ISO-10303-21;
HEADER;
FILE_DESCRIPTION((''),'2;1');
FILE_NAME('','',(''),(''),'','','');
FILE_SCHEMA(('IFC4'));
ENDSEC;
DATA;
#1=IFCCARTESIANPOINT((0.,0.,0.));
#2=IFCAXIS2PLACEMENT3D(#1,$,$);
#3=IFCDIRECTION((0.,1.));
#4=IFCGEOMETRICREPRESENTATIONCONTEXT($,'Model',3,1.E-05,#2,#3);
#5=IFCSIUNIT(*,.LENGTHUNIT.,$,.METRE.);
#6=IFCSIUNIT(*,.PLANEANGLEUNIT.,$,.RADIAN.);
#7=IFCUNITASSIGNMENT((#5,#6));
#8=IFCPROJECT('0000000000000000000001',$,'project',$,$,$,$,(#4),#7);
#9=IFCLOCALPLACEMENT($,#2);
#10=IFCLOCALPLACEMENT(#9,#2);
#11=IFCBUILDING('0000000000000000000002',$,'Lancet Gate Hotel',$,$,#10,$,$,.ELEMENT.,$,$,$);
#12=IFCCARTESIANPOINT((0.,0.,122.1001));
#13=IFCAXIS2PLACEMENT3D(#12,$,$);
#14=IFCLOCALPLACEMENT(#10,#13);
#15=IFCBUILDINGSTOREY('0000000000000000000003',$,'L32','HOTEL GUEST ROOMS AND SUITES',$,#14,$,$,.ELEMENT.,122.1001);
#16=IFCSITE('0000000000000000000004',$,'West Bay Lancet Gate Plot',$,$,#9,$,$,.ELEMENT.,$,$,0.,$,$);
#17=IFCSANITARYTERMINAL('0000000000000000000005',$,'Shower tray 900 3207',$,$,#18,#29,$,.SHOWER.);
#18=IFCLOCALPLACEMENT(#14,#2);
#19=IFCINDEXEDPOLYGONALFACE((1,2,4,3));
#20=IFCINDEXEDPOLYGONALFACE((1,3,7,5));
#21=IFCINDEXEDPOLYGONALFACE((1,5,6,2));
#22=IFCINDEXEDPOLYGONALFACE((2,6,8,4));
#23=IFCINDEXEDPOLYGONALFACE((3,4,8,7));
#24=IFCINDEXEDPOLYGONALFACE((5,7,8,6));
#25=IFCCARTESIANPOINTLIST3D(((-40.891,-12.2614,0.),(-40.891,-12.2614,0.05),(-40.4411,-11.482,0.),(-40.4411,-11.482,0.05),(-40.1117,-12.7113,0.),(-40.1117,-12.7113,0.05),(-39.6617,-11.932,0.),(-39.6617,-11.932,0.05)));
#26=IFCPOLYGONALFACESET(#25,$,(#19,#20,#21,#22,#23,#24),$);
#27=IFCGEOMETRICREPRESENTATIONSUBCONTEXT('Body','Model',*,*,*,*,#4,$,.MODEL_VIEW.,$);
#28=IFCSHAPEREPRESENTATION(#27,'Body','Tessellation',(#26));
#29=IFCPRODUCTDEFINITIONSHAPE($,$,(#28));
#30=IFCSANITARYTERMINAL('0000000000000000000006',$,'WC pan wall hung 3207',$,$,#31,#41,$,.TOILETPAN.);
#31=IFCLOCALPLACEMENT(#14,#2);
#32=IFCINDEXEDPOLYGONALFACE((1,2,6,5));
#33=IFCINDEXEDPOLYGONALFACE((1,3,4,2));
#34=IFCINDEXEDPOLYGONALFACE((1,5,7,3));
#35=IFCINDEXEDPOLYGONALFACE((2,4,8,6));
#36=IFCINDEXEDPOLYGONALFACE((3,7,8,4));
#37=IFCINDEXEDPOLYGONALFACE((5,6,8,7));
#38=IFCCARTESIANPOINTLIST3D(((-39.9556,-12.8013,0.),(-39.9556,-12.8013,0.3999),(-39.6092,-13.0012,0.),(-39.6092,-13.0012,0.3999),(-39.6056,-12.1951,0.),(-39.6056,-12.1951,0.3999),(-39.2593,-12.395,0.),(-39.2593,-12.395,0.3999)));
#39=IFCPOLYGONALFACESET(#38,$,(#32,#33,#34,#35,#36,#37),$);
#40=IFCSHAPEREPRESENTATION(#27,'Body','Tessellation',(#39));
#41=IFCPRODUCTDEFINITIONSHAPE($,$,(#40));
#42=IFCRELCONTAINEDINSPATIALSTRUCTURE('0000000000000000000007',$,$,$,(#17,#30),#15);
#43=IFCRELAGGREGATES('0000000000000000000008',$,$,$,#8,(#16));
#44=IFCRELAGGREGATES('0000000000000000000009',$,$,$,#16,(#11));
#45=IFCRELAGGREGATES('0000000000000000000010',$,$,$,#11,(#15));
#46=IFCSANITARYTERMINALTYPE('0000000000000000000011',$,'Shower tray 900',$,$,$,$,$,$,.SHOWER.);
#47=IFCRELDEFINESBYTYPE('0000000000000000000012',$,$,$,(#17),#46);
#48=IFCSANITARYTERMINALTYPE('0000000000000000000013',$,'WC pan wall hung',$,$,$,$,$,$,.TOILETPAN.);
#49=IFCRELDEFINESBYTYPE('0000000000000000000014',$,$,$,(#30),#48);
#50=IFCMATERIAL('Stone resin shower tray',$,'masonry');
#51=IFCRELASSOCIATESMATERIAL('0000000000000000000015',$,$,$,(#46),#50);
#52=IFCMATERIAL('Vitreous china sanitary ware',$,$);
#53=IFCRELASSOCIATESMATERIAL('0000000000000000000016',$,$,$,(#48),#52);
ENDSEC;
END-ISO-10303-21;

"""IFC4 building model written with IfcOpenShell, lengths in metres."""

from ifc_helpers import new_model, si_unit, direction, frame, origin, origin_2d, place, context, subcontext, project, spatial, rectangle, extrude, material, type_object, element, save


model = new_model("IFC4")

# Units and contexts
model_context = context("Model", 3, precision=1e-05, world=origin(), true_north=direction((0.0, 1.0)))
body_context = subcontext(model_context, "Body", "Model", "MODEL_VIEW")
ifc_project = project(units=[si_unit("LENGTHUNIT", "METRE"), si_unit("PLANEANGLEUNIT", "RADIAN")], contexts=[model_context])

# Site, building, storey
site_placement = place(None, origin())
site = spatial("IfcSite", under=ifc_project, at=site_placement, Name="West Bay Lancet Gate Plot", CompositionType="ELEMENT", RefElevation=0.0)
building_placement = place(site_placement, origin())
building = spatial("IfcBuilding", under=site, at=building_placement, Name="Lancet Gate Hotel", CompositionType="ELEMENT")
storey_placement = place(building_placement, frame((0.0, 0.0, 122.1001)))
storey = spatial("IfcBuildingStorey", under=building, at=storey_placement, Name="L32", Description="HOTEL GUEST ROOMS AND SUITES", CompositionType="ELEMENT", Elevation=122.1001)

# Sanitary terminals
ifc_material_1 = material(Name="Stone resin shower tray", Category="masonry")
sanitary_terminal_type_1 = type_object("IfcSanitaryTerminalType", Name="Shower tray 900", PredefinedType="SHOWER", material=ifc_material_1)
sanitary_terminal_1_placement = place(storey_placement, frame((-40.2764, -12.0967, 0.0), z_axis=(0.0, 0.0, 1.0), x_axis=(-0.866025, 0.5, 0.0)))
element("IfcSanitaryTerminal", 1, at=sanitary_terminal_1_placement, inside=storey, type_object=sanitary_terminal_type_1, Name="Shower tray 900 3207", PredefinedType="SHOWER", context=body_context, shape_type="SweptSolid", body=[
    extrude(rectangle(XDim=0.8999, YDim=0.8999, at=origin_2d()), origin(), (0.0, 0.0, 1.0), 0.05),
])
ifc_material_2 = material(Name="Vitreous china sanitary ware")
sanitary_terminal_type_2 = type_object("IfcSanitaryTerminalType", Name="WC pan wall hung", PredefinedType="TOILETPAN", material=ifc_material_2)
sanitary_terminal_2_placement = place(storey_placement, frame((-39.6074, -12.5981, 0.0), z_axis=(0.0, 0.0, 1.0), x_axis=(-0.866025, 0.5, 0.0)))
element("IfcSanitaryTerminal", 2, at=sanitary_terminal_2_placement, inside=storey, type_object=sanitary_terminal_type_2, Name="WC pan wall hung 3207", PredefinedType="TOILETPAN", context=body_context, shape_type="SweptSolid", body=[
    extrude(rectangle(XDim=0.3999, YDim=0.7, at=origin_2d()), origin(), (0.0, 0.0, 1.0), 0.3999),
])

save(model, "model.ifc")
